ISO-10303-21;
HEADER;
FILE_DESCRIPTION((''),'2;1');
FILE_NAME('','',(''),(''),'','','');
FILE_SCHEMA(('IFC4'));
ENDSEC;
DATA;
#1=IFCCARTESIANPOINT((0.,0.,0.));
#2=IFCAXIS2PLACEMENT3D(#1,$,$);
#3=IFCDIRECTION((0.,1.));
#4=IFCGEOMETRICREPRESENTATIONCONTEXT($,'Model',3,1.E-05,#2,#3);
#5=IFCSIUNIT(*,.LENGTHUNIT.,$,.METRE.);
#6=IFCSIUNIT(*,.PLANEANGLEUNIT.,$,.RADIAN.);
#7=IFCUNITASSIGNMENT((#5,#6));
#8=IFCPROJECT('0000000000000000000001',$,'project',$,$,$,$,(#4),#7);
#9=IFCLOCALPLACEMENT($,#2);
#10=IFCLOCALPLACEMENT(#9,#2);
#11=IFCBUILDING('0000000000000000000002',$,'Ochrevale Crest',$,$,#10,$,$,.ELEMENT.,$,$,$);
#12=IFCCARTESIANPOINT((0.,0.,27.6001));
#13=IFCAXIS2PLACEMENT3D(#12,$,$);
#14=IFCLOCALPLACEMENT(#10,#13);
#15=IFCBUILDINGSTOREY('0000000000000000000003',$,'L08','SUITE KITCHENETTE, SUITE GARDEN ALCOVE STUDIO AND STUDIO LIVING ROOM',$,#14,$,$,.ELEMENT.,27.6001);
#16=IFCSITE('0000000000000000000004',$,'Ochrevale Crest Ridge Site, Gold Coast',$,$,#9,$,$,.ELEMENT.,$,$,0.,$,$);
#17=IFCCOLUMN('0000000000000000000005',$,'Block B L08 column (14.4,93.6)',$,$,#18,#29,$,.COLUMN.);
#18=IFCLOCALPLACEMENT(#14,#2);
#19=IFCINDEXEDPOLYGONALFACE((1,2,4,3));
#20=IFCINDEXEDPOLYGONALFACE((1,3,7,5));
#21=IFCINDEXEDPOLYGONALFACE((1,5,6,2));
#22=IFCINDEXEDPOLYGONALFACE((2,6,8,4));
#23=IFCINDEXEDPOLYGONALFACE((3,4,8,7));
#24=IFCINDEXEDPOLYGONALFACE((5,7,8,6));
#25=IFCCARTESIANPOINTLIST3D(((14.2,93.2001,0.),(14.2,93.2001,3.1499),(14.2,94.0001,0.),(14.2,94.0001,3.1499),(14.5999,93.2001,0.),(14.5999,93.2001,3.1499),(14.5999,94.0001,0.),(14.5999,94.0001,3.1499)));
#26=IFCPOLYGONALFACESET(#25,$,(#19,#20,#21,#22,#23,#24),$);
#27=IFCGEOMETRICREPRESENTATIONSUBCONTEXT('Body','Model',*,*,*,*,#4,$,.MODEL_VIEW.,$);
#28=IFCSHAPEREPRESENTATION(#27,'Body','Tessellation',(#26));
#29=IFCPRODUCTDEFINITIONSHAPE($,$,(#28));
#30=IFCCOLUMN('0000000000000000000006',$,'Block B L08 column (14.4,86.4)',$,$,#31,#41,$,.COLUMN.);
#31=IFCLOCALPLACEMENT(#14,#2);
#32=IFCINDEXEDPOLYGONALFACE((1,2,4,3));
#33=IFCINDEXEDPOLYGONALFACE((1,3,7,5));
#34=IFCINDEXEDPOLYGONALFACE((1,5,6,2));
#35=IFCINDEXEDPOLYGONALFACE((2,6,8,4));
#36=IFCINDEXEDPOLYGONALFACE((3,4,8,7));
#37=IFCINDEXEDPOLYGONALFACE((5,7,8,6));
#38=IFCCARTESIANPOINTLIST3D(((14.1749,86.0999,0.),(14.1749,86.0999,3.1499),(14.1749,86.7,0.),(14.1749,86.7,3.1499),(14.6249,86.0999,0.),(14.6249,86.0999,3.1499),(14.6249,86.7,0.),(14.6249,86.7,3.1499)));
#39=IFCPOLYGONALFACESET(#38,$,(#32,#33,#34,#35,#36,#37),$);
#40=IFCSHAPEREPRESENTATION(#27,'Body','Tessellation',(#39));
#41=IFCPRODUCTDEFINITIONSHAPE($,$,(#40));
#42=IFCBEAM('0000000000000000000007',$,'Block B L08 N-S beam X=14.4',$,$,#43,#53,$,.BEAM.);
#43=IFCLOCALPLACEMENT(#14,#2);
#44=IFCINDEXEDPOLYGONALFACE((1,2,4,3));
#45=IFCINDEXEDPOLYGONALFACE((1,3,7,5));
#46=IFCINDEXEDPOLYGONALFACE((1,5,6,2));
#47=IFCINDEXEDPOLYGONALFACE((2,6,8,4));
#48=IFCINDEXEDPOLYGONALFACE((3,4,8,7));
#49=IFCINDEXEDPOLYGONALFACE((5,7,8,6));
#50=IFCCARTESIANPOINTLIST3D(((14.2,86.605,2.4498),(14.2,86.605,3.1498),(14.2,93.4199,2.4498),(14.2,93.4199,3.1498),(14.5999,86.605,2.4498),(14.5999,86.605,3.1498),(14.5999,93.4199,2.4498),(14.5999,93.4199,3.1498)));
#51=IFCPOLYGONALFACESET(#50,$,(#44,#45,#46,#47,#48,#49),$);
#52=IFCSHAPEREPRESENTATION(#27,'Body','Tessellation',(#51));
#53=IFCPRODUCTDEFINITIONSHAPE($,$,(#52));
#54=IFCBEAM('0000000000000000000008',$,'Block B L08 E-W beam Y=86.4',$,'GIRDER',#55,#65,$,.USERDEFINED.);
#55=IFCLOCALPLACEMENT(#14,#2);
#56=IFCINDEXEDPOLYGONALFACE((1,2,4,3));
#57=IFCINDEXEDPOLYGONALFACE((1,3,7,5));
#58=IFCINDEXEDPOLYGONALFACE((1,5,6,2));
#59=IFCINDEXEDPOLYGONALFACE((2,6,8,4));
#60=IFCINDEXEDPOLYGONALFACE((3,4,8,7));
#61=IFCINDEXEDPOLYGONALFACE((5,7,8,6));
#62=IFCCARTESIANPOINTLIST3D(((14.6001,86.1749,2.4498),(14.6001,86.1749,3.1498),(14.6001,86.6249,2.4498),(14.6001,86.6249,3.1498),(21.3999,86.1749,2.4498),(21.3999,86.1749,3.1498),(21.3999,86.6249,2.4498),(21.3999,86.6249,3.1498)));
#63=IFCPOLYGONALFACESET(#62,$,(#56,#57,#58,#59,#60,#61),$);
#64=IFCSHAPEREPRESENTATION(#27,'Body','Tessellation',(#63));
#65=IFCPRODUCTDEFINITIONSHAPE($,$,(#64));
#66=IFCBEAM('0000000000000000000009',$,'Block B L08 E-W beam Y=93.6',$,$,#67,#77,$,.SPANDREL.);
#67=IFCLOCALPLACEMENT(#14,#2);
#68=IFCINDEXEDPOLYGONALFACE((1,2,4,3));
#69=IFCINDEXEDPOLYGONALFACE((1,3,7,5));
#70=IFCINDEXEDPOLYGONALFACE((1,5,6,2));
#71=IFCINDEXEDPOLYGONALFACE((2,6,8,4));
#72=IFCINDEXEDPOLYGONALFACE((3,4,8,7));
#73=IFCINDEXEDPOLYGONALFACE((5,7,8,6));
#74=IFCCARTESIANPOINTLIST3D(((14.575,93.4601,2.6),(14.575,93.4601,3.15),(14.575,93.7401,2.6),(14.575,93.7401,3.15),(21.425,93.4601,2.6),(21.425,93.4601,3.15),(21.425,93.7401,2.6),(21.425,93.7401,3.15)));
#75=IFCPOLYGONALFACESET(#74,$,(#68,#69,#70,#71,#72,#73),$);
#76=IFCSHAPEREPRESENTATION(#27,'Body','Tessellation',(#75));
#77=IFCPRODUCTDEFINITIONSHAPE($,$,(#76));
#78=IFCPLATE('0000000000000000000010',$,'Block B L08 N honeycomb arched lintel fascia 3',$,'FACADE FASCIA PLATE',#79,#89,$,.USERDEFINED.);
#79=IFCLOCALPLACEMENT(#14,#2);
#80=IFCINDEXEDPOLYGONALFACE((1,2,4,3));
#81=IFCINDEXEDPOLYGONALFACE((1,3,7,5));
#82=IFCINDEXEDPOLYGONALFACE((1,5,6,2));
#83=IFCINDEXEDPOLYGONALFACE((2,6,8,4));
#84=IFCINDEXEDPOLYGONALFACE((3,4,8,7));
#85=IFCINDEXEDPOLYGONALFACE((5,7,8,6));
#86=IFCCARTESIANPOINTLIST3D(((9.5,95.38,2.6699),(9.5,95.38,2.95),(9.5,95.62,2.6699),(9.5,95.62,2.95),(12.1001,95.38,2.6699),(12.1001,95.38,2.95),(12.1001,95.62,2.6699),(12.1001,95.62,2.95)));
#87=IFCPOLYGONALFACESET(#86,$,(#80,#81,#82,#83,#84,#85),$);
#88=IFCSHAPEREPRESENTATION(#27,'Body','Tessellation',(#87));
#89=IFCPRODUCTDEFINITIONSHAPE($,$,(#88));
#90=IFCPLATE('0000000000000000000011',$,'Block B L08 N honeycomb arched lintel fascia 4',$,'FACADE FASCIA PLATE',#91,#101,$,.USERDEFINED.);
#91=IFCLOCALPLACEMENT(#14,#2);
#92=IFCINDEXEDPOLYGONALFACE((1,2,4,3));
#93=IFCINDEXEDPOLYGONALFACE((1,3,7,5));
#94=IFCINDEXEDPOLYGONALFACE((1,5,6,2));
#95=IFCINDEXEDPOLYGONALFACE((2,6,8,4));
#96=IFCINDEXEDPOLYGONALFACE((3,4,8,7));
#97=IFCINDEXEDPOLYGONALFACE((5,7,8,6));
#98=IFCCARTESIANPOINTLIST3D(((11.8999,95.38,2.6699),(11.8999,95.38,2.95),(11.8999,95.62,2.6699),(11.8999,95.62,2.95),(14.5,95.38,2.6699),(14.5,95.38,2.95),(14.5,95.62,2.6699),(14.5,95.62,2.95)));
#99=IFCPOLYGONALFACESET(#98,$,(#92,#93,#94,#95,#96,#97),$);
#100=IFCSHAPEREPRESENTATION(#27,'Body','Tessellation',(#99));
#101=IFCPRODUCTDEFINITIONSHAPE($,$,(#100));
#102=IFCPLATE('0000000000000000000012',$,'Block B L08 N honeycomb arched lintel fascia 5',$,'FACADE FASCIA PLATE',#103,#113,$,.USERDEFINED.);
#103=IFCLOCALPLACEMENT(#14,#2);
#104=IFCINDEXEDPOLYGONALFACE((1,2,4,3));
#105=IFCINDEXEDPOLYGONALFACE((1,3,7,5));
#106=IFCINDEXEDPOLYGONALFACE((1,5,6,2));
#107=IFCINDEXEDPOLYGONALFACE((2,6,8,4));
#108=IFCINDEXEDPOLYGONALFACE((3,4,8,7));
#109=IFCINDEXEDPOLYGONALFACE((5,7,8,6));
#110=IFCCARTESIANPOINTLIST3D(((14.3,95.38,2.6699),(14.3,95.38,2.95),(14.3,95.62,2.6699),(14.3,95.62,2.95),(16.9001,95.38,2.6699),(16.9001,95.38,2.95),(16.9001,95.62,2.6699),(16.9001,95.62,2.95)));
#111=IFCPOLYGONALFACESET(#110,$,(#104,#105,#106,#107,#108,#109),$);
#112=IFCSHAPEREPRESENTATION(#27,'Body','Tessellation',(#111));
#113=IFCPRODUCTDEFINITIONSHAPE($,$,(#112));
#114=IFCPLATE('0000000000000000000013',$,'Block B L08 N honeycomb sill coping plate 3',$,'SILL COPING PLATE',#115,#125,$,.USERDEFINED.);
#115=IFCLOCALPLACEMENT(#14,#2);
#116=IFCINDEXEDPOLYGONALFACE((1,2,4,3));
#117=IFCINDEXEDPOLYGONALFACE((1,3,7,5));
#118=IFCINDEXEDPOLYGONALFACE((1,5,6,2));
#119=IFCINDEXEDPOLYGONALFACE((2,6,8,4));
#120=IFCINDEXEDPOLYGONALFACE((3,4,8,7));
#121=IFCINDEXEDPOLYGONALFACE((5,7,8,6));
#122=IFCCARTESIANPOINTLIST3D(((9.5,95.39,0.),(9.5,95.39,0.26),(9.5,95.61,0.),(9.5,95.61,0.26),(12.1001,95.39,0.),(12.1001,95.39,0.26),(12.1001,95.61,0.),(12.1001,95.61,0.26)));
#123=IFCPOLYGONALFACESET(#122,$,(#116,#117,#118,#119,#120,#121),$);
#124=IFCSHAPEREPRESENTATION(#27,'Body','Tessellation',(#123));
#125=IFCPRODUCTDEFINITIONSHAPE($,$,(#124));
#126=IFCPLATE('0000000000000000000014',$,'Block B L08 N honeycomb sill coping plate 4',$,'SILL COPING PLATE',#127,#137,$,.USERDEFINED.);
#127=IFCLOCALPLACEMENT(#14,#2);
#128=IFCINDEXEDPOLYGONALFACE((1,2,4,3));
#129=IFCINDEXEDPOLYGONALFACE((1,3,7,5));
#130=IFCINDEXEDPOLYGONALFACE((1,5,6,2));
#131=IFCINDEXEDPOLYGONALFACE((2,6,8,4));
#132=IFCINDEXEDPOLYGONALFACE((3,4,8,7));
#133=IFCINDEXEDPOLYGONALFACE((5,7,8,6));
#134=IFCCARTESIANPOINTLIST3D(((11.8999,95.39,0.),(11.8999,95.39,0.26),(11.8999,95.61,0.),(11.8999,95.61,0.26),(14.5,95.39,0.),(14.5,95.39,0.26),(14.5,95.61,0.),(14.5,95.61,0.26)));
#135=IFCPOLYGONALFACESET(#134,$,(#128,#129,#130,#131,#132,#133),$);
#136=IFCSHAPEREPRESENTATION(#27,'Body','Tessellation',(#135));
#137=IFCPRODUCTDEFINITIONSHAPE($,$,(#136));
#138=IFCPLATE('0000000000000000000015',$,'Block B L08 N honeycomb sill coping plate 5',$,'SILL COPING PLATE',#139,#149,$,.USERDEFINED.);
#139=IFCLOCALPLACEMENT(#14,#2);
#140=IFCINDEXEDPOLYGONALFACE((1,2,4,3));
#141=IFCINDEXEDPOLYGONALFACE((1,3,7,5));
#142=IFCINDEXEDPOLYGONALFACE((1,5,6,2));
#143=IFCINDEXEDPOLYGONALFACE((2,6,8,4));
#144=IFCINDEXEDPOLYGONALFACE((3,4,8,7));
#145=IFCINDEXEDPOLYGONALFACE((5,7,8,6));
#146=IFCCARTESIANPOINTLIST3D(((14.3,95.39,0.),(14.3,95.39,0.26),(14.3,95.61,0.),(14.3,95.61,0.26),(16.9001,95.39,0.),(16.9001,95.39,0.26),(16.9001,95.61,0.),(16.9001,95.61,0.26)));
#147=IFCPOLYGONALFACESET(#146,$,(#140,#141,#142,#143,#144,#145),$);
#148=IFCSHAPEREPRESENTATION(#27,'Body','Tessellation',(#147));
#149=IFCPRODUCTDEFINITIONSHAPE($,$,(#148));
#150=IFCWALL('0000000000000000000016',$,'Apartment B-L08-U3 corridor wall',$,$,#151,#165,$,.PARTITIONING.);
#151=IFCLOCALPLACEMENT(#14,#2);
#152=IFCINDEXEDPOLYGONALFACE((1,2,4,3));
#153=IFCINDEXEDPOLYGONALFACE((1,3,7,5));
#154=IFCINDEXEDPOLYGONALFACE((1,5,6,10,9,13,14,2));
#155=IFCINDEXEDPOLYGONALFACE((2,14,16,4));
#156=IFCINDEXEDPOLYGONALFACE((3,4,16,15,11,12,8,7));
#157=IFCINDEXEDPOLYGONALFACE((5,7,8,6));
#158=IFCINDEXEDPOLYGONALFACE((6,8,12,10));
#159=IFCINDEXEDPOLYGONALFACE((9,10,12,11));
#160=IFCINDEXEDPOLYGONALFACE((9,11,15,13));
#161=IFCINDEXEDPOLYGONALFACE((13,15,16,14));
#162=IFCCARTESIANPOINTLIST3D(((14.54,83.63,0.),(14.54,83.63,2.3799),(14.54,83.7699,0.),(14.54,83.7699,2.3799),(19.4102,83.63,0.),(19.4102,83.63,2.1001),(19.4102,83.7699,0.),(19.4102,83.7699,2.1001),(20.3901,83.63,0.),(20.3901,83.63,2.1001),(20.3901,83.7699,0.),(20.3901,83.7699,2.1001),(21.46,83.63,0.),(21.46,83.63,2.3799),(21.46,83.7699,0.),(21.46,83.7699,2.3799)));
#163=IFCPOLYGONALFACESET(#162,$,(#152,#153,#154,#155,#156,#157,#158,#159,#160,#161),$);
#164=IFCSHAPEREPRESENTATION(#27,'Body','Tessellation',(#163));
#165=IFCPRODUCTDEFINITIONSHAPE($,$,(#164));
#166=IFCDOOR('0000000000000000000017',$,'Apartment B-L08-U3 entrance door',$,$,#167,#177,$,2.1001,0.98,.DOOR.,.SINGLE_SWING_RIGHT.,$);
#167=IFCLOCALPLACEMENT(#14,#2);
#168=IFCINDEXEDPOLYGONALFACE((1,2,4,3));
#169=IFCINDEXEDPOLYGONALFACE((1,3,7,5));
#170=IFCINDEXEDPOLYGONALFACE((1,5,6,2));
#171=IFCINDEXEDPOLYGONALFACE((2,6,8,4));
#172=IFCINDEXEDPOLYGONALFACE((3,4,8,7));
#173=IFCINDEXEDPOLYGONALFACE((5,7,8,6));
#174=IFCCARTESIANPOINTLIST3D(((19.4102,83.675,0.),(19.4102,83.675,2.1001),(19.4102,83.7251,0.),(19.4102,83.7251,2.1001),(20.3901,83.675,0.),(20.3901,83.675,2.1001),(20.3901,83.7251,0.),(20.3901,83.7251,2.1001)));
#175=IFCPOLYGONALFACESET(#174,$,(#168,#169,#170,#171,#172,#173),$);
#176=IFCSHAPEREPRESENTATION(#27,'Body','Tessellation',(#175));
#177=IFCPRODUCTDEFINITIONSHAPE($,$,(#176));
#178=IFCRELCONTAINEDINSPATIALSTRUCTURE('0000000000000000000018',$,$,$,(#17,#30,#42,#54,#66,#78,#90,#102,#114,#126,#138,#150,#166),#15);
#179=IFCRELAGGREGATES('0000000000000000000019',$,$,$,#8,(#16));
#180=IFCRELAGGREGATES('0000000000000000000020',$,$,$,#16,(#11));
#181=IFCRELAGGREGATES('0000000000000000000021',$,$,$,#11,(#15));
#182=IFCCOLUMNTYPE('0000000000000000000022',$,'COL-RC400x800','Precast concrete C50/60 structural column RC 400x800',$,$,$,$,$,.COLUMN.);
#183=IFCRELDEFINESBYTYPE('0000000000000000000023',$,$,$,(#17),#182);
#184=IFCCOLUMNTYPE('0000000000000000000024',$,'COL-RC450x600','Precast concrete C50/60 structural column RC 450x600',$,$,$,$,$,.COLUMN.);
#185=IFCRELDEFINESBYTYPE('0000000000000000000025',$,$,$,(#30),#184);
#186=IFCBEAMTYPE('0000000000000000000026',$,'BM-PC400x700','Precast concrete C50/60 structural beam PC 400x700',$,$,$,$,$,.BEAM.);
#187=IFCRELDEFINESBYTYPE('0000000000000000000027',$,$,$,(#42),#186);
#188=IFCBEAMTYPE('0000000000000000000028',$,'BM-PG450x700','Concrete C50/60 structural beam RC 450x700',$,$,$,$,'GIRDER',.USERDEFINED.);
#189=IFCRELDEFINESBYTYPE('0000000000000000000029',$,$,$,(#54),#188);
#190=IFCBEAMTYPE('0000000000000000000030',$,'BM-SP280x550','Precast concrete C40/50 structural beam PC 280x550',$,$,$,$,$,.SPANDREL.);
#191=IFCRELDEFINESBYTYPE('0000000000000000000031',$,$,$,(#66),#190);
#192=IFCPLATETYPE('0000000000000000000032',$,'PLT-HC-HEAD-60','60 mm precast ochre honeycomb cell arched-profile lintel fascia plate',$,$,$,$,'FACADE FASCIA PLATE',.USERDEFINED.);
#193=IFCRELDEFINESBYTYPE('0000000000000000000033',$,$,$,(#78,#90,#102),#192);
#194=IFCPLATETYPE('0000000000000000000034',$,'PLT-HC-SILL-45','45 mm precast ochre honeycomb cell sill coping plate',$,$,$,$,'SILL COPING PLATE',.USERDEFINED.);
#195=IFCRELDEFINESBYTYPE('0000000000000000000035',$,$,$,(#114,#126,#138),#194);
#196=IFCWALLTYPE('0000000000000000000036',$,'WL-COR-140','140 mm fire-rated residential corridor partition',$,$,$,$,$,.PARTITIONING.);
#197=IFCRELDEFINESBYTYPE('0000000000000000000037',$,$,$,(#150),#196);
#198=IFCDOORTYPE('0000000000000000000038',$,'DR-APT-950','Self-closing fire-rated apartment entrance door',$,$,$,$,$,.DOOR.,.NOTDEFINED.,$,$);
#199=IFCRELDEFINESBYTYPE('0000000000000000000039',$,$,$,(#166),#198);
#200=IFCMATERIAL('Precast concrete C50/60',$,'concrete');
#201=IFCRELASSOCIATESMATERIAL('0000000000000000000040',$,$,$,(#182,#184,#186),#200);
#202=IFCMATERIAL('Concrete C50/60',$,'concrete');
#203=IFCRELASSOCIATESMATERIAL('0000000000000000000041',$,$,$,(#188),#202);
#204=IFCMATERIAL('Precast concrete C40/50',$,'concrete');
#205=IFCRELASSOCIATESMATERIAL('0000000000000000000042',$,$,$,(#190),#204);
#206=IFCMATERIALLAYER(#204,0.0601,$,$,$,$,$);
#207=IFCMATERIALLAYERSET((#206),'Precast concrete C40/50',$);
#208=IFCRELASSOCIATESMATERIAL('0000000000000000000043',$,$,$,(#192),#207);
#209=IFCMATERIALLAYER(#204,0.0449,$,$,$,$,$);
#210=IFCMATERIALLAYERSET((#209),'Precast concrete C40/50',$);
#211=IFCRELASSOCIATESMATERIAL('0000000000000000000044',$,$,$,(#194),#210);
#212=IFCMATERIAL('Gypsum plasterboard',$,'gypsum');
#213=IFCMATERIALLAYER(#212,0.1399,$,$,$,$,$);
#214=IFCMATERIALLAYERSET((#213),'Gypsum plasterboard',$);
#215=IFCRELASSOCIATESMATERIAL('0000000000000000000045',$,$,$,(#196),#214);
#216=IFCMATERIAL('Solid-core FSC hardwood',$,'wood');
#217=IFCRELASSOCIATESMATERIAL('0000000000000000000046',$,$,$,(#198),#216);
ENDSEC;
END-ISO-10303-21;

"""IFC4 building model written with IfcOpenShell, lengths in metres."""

from ifc_helpers import new_model, si_unit, direction, frame, frame_2d, origin, origin_2d, place, context, subcontext, project, spatial, rectangle, extrude, material, layer, layer_set, material_profile, profile_set, type_object, element, fill, save


model = new_model("IFC4")

# Units and contexts
model_context = context("Model", 3, precision=1e-05, world=origin(), true_north=direction((0.0, 1.0)))
body_context = subcontext(model_context, "Body", "Model", "MODEL_VIEW")
ifc_project = project(units=[si_unit("LENGTHUNIT", "METRE"), si_unit("PLANEANGLEUNIT", "RADIAN")], contexts=[model_context])

# Site, building, storey
site_placement = place(None, origin())
site = spatial("IfcSite", under=ifc_project, at=site_placement, Name="Ochrevale Crest Ridge Site, Gold Coast", CompositionType="ELEMENT", RefElevation=0.0)
building_placement = place(site_placement, origin())
building = spatial("IfcBuilding", under=site, at=building_placement, Name="Ochrevale Crest", CompositionType="ELEMENT")
storey_placement = place(building_placement, frame((0.0, 0.0, 27.6001)))
storey = spatial("IfcBuildingStorey", under=building, at=storey_placement, Name="L08", Description="SUITE KITCHENETTE, SUITE GARDEN ALCOVE STUDIO AND STUDIO LIVING ROOM", CompositionType="ELEMENT", Elevation=27.6001)

# Columns
ifc_material_1 = material(Name="Precast concrete C50/60", Category="concrete")
ifc_material_profile_1 = material_profile(ifc_material_1, rectangle(XDim=0.3999, YDim=0.8, at=origin_2d()), Name="RC 400x800")
ifc_profile_set_1 = profile_set([ifc_material_profile_1], Name="Precast concrete C50/60")
column_type_1 = type_object("IfcColumnType", Name="COL-RC400x800", Description="Precast concrete C50/60 structural column RC 400x800", PredefinedType="COLUMN", material=ifc_profile_set_1)
column_1_placement = place(storey_placement, frame((14.3999, 93.6001, 0.0), z_axis=(0.0, 0.0, 1.0), x_axis=(1.0, 0.0, 0.0)))
element("IfcColumn", 1, at=column_1_placement, inside=storey, type_object=column_type_1, Name="Block B L08 column (14.4,93.6)", PredefinedType="COLUMN", context=body_context, shape_type="SweptSolid", body=[
    extrude(rectangle(XDim=0.3999, YDim=0.8, at=origin_2d()), origin(), (0.0, 0.0, 1.0), 3.1499),
])
ifc_material_profile_2 = material_profile(ifc_material_1, rectangle(XDim=0.45, YDim=0.6001, at=origin_2d()), Name="RC 450x600")
ifc_profile_set_2 = profile_set([ifc_material_profile_2], Name="Precast concrete C50/60")
column_type_2 = type_object("IfcColumnType", Name="COL-RC450x600", Description="Precast concrete C50/60 structural column RC 450x600", PredefinedType="COLUMN", material=ifc_profile_set_2)
column_2_placement = place(storey_placement, frame((14.3999, 86.3999, 0.0), z_axis=(0.0, 0.0, 1.0), x_axis=(1.0, 0.0, 0.0)))
element("IfcColumn", 2, at=column_2_placement, inside=storey, type_object=column_type_2, Name="Block B L08 column (14.4,86.4)", PredefinedType="COLUMN", context=body_context, shape_type="SweptSolid", body=[
    extrude(rectangle(XDim=0.45, YDim=0.6001, at=origin_2d()), origin(), (0.0, 0.0, 1.0), 3.1499),
])

# Beams
ifc_material_profile_3 = material_profile(ifc_material_1, rectangle(XDim=0.3999, YDim=0.7, at=origin_2d()), Name="PC 400x700")
ifc_profile_set_3 = profile_set([ifc_material_profile_3], Name="Precast concrete C50/60")
beam_type_1 = type_object("IfcBeamType", Name="BM-PC400x700", Description="Precast concrete C50/60 structural beam PC 400x700", PredefinedType="BEAM", material=ifc_profile_set_3)
beam_1_placement = place(storey_placement, frame((14.3999, 86.605, 2.7998), z_axis=(0.0, 1.0, 0.0), x_axis=(-1.0, 0.0, 0.0)))
element("IfcBeam", 3, at=beam_1_placement, inside=storey, type_object=beam_type_1, Name="Block B L08 N-S beam X=14.4", PredefinedType="BEAM", context=body_context, shape_type="SweptSolid", body=[
    extrude(rectangle(XDim=0.3999, YDim=0.7, at=origin_2d()), origin(), (0.0, 0.0, 1.0), 6.8149),
])
ifc_material_2 = material(Name="Concrete C50/60", Category="concrete")
ifc_material_profile_4 = material_profile(ifc_material_2, rectangle(XDim=0.45, YDim=0.7, at=origin_2d()), Name="RC 450x700")
ifc_profile_set_4 = profile_set([ifc_material_profile_4], Name="Concrete C50/60")
beam_type_2 = type_object("IfcBeamType", Name="BM-PG450x700", Description="Concrete C50/60 structural beam RC 450x700", ElementType="GIRDER", PredefinedType="USERDEFINED", material=ifc_profile_set_4)
beam_2_placement = place(storey_placement, frame((14.6001, 86.3999, 2.7998), z_axis=(1.0, 0.0, 0.0), x_axis=(0.0, 1.0, 0.0)))
element("IfcBeam", 4, at=beam_2_placement, inside=storey, type_object=beam_type_2, Name="Block B L08 E-W beam Y=86.4", ObjectType="GIRDER", PredefinedType="USERDEFINED", context=body_context, shape_type="SweptSolid", body=[
    extrude(rectangle(XDim=0.45, YDim=0.7, at=origin_2d()), origin(), (0.0, 0.0, 1.0), 6.7998),
])
ifc_material_3 = material(Name="Precast concrete C40/50", Category="concrete")
ifc_material_profile_5 = material_profile(ifc_material_3, rectangle(XDim=0.28, YDim=0.55, at=origin_2d()), Name="PC 280x550")
ifc_profile_set_5 = profile_set([ifc_material_profile_5], Name="Precast concrete C40/50")
beam_type_3 = type_object("IfcBeamType", Name="BM-SP280x550", Description="Precast concrete C40/50 structural beam PC 280x550", PredefinedType="SPANDREL", material=ifc_profile_set_5)
beam_3_placement = place(storey_placement, frame((14.575, 93.6001, 2.875), z_axis=(1.0, 0.0, 0.0), x_axis=(0.0, 1.0, 0.0)))
element("IfcBeam", 5, at=beam_3_placement, inside=storey, type_object=beam_type_3, Name="Block B L08 E-W beam Y=93.6", PredefinedType="SPANDREL", context=body_context, shape_type="SweptSolid", body=[
    extrude(rectangle(XDim=0.28, YDim=0.55, at=origin_2d()), origin(), (0.0, 0.0, 1.0), 6.8501),
])

# Plates
ifc_layer_1 = layer(ifc_material_3, 0.0601)
ifc_layer_set_1 = layer_set([ifc_layer_1], Name="Precast concrete C40/50")
plate_type_1 = type_object("IfcPlateType", Name="PLT-HC-HEAD-60", Description="60 mm precast ochre honeycomb cell arched-profile lintel fascia plate", ElementType="FACADE FASCIA PLATE", PredefinedType="USERDEFINED", material=ifc_layer_set_1)
for number, where, z_axis, x_axis, name in (
    (6, (10.8, 95.5, 2.6699), (0.0, 0.0, 1.0), (1.0, 0.0, 0.0), "Block B L08 N honeycomb arched lintel fascia 3"),
    (7, (13.2, 95.5, 2.6699), (0.0, 0.0, 1.0), (1.0, 0.0, 0.0), "Block B L08 N honeycomb arched lintel fascia 4"),
    (8, (15.6001, 95.5, 2.6699), (0.0, 0.0, 1.0), (1.0, 0.0, 0.0), "Block B L08 N honeycomb arched lintel fascia 5"),
):
    element("IfcPlate", number, at=place(storey_placement, frame(where, z_axis=z_axis, x_axis=x_axis)), inside=storey, type_object=plate_type_1, Name=name, ObjectType="FACADE FASCIA PLATE", PredefinedType="USERDEFINED", context=body_context, shape_type="SweptSolid", body=[
        extrude(rectangle(XDim=2.6001, YDim=0.24, at=origin_2d()), origin(), (0.0, 0.0, 1.0), 0.28),
    ])
ifc_layer_2 = layer(ifc_material_3, 0.0449)
ifc_layer_set_2 = layer_set([ifc_layer_2], Name="Precast concrete C40/50")
plate_type_2 = type_object("IfcPlateType", Name="PLT-HC-SILL-45", Description="45 mm precast ochre honeycomb cell sill coping plate", ElementType="SILL COPING PLATE", PredefinedType="USERDEFINED", material=ifc_layer_set_2)
for number, where, z_axis, x_axis, name in (
    (9, (10.8, 95.5, 0.0), (0.0, 0.0, 1.0), (1.0, 0.0, 0.0), "Block B L08 N honeycomb sill coping plate 3"),
    (10, (13.2, 95.5, 0.0), (0.0, 0.0, 1.0), (1.0, 0.0, 0.0), "Block B L08 N honeycomb sill coping plate 4"),
    (11, (15.6001, 95.5, 0.0), (0.0, 0.0, 1.0), (1.0, 0.0, 0.0), "Block B L08 N honeycomb sill coping plate 5"),
):
    element("IfcPlate", number, at=place(storey_placement, frame(where, z_axis=z_axis, x_axis=x_axis)), inside=storey, type_object=plate_type_2, Name=name, ObjectType="SILL COPING PLATE", PredefinedType="USERDEFINED", context=body_context, shape_type="SweptSolid", body=[
        extrude(rectangle(XDim=2.6001, YDim=0.22, at=origin_2d()), origin(), (0.0, 0.0, 1.0), 0.26),
    ])

# Wall, opening, door
ifc_material_4 = material(Name="Gypsum plasterboard", Category="gypsum")
ifc_layer_3 = layer(ifc_material_4, 0.1399)
ifc_layer_set_3 = layer_set([ifc_layer_3], Name="Gypsum plasterboard")
wall_type_1 = type_object("IfcWallType", Name="WL-COR-140", Description="140 mm fire-rated residential corridor partition", PredefinedType="PARTITIONING", material=ifc_layer_set_3)
wall_1_placement = place(storey_placement, frame((14.54, 83.7, 0.0), z_axis=(0.0, 0.0, 1.0), x_axis=(1.0, 0.0, 0.0)))
wall_1 = element("IfcWall", 12, at=wall_1_placement, inside=storey, type_object=wall_type_1, Name="Apartment B-L08-U3 corridor wall", PredefinedType="PARTITIONING", context=body_context, shape_type="SweptSolid", body=[
    extrude(rectangle(XDim=6.9199, YDim=0.1399, at=frame_2d((3.46, 0.0))), origin(), (0.0, 0.0, 1.0), 2.3799),
])
opening_1_placement = place(wall_1_placement, frame((5.8501, 0.0, 0.0), z_axis=(0.0, 0.0, 1.0), x_axis=(-1.0, 0.0, 0.0)))
opening_1 = element("IfcOpeningElement", 13, at=opening_1_placement, cuts=wall_1, PredefinedType="OPENING", context=body_context, shape_type="SweptSolid", body=[
    extrude(rectangle(XDim=0.98, YDim=2.1001, at=frame_2d((0.49, 1.05))), frame((0.0, 0.0801, 0.0), z_axis=(0.0, -1.0, 0.0), x_axis=(1.0, 0.0, 0.0)), (0.0, 0.0, 1.0), 0.1599),
])
ifc_material_5 = material(Name="Solid-core FSC hardwood", Category="wood")
door_type_1 = type_object("IfcDoorType", Name="DR-APT-950", Description="Self-closing fire-rated apartment entrance door", OperationType="NOTDEFINED", PredefinedType="DOOR", material=ifc_material_5)
door_1_placement = place(opening_1_placement, origin())
door_1 = element("IfcDoor", 14, at=door_1_placement, inside=storey, type_object=door_type_1, Name="Apartment B-L08-U3 entrance door", OperationType="SINGLE_SWING_RIGHT", OverallHeight=2.1001, OverallWidth=0.98, PredefinedType="DOOR", context=body_context, shape_type="SweptSolid", body=[
    extrude(rectangle(XDim=0.98, YDim=2.1001, at=frame_2d((0.49, 1.05))), frame((0.0, 0.0249, 0.0), z_axis=(0.0, -1.0, 0.0), x_axis=(1.0, 0.0, 0.0)), (0.0, 0.0, 1.0), 0.05),
])
fill(opening_1, door_1)

save(model, "model.ifc")
